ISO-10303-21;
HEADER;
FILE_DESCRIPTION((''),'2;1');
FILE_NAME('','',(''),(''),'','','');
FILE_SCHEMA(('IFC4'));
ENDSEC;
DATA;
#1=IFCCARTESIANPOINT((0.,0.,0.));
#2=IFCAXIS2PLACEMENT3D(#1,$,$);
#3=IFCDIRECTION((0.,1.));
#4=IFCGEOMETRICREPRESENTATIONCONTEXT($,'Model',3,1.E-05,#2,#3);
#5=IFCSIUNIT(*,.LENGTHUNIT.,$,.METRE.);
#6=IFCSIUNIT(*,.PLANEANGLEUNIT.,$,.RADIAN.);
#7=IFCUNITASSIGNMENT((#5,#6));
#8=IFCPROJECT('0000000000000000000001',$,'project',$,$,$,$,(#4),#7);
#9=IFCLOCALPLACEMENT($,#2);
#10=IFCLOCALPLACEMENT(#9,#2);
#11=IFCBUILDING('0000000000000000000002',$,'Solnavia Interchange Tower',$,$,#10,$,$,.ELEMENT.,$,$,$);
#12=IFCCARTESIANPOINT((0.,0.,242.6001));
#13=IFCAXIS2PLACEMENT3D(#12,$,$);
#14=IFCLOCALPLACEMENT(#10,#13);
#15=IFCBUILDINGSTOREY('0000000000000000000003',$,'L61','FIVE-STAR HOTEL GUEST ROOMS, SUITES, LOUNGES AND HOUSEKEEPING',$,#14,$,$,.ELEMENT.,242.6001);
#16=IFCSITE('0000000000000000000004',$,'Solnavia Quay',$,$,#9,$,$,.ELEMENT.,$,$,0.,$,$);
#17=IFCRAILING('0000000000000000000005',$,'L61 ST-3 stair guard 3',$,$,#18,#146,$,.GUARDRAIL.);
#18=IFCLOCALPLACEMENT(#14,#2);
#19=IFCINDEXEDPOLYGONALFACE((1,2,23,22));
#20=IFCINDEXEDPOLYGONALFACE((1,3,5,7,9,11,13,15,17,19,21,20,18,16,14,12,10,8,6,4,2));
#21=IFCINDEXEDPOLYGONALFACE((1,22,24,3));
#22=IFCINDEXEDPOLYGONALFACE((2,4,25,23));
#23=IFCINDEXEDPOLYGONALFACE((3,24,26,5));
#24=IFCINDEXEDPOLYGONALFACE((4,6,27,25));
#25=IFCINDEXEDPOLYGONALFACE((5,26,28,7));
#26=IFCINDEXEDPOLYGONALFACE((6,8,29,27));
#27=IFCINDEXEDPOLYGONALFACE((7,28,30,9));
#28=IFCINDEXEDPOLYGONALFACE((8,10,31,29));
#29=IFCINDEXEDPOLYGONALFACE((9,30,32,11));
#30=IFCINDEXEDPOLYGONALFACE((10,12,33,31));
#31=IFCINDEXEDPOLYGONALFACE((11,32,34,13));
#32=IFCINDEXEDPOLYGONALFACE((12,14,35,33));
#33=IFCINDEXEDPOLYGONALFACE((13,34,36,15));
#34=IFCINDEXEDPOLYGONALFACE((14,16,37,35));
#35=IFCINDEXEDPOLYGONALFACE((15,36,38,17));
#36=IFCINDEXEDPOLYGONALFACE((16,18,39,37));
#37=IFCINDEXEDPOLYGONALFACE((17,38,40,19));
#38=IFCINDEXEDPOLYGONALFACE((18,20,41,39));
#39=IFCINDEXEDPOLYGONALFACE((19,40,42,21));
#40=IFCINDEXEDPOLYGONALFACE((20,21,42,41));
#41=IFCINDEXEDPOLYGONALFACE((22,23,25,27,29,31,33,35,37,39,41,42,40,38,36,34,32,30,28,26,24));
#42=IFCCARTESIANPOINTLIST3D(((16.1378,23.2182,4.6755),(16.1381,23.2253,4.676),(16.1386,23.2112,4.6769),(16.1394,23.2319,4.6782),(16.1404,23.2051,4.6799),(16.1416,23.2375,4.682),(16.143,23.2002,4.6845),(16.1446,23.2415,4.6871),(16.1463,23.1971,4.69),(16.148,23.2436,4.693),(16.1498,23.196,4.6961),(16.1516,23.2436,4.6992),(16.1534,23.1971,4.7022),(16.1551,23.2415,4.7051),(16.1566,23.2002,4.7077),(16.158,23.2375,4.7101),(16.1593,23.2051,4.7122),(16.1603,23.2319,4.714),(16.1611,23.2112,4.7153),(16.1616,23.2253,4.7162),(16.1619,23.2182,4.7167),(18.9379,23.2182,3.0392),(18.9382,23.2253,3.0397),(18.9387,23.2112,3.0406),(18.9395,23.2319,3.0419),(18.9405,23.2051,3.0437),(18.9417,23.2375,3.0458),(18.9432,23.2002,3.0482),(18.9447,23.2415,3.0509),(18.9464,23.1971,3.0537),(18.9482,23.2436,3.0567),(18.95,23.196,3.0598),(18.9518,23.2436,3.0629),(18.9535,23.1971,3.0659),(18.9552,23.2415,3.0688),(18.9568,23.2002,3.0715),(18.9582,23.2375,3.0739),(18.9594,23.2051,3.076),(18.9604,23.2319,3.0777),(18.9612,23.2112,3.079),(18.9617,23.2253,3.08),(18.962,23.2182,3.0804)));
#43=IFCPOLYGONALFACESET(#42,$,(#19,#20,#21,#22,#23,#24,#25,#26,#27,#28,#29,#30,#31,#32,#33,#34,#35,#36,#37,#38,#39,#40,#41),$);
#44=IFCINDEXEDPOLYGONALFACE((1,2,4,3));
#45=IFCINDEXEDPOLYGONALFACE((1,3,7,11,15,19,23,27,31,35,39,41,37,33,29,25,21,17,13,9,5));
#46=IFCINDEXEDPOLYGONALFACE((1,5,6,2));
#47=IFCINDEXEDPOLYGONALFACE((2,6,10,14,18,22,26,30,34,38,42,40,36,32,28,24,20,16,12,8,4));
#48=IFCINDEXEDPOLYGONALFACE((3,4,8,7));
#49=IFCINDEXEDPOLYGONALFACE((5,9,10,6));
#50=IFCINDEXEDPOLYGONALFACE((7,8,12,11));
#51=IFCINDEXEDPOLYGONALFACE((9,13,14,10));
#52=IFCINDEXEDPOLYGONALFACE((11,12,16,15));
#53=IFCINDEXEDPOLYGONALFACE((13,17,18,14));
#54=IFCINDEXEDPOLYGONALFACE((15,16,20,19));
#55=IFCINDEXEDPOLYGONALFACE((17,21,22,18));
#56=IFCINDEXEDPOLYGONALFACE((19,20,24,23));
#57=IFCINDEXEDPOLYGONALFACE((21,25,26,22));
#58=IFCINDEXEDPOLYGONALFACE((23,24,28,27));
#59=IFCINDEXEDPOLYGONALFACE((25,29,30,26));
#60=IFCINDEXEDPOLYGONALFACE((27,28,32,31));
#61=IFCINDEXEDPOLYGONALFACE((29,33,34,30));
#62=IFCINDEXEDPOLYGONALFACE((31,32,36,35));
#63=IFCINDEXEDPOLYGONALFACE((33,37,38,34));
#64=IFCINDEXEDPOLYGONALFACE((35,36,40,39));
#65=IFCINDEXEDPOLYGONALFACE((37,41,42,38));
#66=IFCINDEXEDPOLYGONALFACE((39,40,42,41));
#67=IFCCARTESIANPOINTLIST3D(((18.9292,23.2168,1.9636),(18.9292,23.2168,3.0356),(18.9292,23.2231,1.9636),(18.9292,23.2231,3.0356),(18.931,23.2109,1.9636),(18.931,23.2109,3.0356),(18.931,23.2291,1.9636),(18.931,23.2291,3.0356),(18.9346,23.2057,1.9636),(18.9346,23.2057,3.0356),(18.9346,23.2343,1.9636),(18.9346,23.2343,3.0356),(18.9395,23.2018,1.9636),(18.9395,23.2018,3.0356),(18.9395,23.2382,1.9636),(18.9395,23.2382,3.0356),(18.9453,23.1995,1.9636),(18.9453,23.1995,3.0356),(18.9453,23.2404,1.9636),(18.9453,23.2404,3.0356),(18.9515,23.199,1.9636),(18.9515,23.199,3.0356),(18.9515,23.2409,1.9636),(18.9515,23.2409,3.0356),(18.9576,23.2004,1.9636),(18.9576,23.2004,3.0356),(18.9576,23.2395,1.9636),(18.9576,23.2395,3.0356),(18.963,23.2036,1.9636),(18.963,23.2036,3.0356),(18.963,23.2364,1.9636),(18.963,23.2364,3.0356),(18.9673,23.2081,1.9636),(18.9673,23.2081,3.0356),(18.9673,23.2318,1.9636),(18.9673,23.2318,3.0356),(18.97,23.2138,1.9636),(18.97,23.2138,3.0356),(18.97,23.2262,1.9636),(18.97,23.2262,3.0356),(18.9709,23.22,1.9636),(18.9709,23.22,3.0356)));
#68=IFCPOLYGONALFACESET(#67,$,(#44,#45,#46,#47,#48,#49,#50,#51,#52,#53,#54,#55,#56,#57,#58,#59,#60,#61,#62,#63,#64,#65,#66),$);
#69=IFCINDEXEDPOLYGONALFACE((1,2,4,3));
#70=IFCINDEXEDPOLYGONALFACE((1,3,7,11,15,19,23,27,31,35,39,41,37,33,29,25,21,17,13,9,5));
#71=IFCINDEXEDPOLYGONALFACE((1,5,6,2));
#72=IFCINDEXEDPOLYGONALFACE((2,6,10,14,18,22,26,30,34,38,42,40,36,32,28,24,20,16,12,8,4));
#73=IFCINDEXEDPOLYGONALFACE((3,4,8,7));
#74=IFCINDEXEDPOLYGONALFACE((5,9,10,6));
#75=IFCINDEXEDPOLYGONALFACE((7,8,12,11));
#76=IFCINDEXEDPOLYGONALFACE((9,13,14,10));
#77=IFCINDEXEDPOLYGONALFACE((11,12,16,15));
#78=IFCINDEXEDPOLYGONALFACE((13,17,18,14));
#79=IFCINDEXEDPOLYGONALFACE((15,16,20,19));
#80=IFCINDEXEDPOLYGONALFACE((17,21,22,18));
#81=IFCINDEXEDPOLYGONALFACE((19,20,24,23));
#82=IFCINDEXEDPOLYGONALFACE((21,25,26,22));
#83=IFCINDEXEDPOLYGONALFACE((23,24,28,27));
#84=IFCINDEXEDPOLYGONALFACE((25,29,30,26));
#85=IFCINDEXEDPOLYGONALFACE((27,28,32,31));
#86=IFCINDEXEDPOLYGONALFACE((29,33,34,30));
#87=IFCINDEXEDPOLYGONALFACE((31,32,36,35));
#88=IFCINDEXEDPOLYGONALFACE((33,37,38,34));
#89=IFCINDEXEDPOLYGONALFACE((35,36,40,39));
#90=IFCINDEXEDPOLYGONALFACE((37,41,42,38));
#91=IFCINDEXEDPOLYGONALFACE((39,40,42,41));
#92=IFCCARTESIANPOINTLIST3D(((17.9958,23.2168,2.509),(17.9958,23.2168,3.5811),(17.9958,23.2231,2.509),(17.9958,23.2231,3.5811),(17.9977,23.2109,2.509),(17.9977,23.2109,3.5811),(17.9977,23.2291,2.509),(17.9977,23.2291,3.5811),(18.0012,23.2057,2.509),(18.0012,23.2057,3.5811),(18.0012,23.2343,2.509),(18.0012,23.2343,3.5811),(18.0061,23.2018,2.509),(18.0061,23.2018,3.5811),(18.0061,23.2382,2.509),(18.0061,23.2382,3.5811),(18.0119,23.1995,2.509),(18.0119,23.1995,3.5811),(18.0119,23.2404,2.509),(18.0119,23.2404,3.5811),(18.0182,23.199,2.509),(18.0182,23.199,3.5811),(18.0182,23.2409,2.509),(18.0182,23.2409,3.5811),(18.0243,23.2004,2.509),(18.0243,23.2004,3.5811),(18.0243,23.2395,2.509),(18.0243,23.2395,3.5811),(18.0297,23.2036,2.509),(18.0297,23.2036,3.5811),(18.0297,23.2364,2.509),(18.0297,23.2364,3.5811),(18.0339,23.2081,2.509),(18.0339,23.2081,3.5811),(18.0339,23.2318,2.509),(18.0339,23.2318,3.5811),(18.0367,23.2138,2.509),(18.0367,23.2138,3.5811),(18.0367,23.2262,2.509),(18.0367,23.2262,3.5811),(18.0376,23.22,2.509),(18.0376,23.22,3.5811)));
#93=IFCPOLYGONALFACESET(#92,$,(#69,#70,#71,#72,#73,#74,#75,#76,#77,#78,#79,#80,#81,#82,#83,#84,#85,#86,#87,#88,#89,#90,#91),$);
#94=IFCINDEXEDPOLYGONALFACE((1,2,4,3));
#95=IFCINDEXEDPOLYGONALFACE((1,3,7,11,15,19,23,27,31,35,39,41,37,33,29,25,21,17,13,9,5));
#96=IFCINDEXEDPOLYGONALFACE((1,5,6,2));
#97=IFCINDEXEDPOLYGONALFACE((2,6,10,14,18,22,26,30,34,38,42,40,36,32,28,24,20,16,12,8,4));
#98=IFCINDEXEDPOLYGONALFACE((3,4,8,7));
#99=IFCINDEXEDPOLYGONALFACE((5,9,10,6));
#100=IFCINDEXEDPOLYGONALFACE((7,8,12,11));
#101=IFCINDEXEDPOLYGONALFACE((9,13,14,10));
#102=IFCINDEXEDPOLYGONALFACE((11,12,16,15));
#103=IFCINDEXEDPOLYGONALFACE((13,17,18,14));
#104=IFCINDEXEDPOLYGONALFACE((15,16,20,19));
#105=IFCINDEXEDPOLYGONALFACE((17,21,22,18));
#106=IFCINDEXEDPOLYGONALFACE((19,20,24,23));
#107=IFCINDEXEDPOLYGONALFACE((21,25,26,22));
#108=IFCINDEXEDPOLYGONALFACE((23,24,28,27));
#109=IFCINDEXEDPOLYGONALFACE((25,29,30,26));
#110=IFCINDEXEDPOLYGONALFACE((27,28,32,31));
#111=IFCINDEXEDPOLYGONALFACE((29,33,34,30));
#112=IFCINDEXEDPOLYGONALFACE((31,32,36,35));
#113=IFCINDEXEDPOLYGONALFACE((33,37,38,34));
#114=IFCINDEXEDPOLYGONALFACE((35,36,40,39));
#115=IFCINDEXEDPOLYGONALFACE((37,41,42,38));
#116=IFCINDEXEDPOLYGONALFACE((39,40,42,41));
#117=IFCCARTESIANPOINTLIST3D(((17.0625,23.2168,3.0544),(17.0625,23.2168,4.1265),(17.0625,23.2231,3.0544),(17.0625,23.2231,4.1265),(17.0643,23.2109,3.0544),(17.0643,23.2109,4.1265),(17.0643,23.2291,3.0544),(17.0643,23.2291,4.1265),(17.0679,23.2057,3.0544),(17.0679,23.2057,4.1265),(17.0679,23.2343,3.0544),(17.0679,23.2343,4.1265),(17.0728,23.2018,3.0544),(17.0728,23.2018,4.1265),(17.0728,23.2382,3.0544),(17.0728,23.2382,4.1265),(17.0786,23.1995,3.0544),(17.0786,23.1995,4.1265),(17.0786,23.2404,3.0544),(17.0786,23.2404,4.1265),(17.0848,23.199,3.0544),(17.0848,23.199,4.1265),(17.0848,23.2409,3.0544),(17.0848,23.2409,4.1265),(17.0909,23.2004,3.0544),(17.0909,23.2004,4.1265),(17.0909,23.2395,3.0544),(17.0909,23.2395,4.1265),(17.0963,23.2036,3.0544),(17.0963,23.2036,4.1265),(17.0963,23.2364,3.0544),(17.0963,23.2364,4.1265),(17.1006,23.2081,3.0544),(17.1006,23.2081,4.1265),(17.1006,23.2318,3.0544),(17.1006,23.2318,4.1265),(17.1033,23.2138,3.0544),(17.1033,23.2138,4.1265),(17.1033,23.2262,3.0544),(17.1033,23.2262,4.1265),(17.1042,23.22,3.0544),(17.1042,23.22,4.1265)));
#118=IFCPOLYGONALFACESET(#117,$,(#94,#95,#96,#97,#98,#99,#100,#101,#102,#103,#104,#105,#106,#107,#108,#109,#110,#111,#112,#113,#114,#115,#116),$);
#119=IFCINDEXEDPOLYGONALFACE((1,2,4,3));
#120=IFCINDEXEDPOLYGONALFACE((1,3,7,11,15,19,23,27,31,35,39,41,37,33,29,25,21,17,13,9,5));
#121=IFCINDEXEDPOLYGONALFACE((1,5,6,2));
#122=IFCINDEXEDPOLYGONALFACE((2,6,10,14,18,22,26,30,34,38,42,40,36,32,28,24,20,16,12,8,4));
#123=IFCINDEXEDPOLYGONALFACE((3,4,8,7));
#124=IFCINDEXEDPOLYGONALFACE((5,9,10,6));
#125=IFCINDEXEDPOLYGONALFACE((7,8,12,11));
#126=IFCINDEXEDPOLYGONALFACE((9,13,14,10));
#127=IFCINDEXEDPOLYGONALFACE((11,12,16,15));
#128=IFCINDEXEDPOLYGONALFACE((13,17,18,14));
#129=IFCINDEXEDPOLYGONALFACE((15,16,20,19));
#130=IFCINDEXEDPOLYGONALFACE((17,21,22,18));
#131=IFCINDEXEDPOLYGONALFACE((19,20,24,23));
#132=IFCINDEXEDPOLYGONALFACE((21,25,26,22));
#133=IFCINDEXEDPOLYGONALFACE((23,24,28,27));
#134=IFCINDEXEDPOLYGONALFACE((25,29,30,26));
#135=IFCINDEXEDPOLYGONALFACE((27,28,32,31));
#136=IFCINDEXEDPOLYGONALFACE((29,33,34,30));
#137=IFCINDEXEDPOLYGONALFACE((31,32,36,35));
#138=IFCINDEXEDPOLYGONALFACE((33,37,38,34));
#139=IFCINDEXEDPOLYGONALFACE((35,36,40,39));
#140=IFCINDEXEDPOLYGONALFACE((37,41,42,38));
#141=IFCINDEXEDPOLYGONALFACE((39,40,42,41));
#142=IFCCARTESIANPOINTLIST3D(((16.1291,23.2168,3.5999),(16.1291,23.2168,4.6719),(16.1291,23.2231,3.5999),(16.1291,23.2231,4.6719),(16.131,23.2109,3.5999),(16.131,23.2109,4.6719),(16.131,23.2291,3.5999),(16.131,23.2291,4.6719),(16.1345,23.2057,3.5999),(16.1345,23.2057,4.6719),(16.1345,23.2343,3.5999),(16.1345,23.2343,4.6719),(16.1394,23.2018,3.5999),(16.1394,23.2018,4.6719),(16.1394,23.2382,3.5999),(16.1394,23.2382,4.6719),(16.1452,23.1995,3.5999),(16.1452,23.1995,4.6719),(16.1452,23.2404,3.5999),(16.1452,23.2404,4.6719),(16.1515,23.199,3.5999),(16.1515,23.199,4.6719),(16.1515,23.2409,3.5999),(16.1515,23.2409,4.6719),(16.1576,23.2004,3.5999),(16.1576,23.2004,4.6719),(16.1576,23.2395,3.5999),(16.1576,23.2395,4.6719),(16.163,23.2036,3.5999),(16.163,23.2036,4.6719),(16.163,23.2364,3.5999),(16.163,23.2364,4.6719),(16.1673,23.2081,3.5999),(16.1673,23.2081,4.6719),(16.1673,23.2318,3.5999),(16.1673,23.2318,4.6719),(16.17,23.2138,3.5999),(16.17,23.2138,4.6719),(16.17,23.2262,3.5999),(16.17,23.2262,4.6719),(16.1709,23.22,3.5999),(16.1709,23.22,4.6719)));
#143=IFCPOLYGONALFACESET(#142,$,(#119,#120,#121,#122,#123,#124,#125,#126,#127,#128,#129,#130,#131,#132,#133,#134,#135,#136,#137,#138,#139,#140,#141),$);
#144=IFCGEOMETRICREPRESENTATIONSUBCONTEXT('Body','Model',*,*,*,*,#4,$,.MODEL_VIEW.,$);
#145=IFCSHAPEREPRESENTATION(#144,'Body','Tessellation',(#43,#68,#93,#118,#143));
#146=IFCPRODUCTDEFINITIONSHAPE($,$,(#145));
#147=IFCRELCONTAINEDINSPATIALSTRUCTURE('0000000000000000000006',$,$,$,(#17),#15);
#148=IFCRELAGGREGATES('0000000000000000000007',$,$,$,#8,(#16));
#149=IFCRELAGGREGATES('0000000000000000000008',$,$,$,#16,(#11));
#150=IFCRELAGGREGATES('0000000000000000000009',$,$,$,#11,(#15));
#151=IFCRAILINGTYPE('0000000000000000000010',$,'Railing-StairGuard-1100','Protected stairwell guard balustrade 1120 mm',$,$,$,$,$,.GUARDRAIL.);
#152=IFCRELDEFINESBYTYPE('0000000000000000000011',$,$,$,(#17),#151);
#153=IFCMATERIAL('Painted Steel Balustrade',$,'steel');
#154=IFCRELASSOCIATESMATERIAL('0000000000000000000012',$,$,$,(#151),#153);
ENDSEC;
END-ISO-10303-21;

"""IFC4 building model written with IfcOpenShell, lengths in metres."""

from ifc_helpers import new_model, si_unit, direction, frame, origin, origin_2d, place, context, subcontext, project, spatial, circle, extrude, material, type_object, element, save


model = new_model("IFC4")

# Units and contexts
model_context = context("Model", 3, precision=1e-05, world=origin(), true_north=direction((0.0, 1.0)))
body_context = subcontext(model_context, "Body", "Model", "MODEL_VIEW")
ifc_project = project(units=[si_unit("LENGTHUNIT", "METRE"), si_unit("PLANEANGLEUNIT", "RADIAN")], contexts=[model_context])

# Site, building, storey
site_placement = place(None, origin())
site = spatial("IfcSite", under=ifc_project, at=site_placement, Name="Solnavia Quay", CompositionType="ELEMENT", RefElevation=0.0)
building_placement = place(site_placement, origin())
building = spatial("IfcBuilding", under=site, at=building_placement, Name="Solnavia Interchange Tower", CompositionType="ELEMENT")
storey_placement = place(building_placement, frame((0.0, 0.0, 242.6001)))
storey = spatial("IfcBuildingStorey", under=building, at=storey_placement, Name="L61", Description="FIVE-STAR HOTEL GUEST ROOMS, SUITES, LOUNGES AND HOUSEKEEPING", CompositionType="ELEMENT", Elevation=242.6001)

# Railing
ifc_material_1 = material(Name="Painted Steel Balustrade", Category="steel")
railing_type_1 = type_object("IfcRailingType", Name="Railing-StairGuard-1100", Description="Protected stairwell guard balustrade 1120 mm", PredefinedType="GUARDRAIL", material=ifc_material_1)
railing_1_placement = place(storey_placement, frame((18.95, 23.22, 1.9636)))
element("IfcRailing", 1, at=railing_1_placement, inside=storey, type_object=railing_type_1, Name="L61 ST-3 stair guard 3", PredefinedType="GUARDRAIL", context=body_context, shape_type="SweptSolid", body=[
    extrude(circle(Radius=0.0239, at=origin_2d()), frame((0.0, 0.0, 1.0962), z_axis=(-0.863394, 0.0, 0.504531), x_axis=(0.0, -1.0, 0.0)), (0.0, 0.0, 1.0), 3.2432),
    extrude(circle(Radius=0.021, at=origin_2d()), origin(), (0.0, 0.0, 1.0), 1.072),
    extrude(circle(Radius=0.021, at=origin_2d()), frame((-0.9333, 0.0, 0.5454)), (0.0, 0.0, 1.0), 1.072),
    extrude(circle(Radius=0.021, at=origin_2d()), frame((-1.8667, 0.0, 1.0908)), (0.0, 0.0, 1.0), 1.072),
    extrude(circle(Radius=0.021, at=origin_2d()), frame((-2.8, 0.0, 1.6362)), (0.0, 0.0, 1.0), 1.072),
])

save(model, "model.ifc")
